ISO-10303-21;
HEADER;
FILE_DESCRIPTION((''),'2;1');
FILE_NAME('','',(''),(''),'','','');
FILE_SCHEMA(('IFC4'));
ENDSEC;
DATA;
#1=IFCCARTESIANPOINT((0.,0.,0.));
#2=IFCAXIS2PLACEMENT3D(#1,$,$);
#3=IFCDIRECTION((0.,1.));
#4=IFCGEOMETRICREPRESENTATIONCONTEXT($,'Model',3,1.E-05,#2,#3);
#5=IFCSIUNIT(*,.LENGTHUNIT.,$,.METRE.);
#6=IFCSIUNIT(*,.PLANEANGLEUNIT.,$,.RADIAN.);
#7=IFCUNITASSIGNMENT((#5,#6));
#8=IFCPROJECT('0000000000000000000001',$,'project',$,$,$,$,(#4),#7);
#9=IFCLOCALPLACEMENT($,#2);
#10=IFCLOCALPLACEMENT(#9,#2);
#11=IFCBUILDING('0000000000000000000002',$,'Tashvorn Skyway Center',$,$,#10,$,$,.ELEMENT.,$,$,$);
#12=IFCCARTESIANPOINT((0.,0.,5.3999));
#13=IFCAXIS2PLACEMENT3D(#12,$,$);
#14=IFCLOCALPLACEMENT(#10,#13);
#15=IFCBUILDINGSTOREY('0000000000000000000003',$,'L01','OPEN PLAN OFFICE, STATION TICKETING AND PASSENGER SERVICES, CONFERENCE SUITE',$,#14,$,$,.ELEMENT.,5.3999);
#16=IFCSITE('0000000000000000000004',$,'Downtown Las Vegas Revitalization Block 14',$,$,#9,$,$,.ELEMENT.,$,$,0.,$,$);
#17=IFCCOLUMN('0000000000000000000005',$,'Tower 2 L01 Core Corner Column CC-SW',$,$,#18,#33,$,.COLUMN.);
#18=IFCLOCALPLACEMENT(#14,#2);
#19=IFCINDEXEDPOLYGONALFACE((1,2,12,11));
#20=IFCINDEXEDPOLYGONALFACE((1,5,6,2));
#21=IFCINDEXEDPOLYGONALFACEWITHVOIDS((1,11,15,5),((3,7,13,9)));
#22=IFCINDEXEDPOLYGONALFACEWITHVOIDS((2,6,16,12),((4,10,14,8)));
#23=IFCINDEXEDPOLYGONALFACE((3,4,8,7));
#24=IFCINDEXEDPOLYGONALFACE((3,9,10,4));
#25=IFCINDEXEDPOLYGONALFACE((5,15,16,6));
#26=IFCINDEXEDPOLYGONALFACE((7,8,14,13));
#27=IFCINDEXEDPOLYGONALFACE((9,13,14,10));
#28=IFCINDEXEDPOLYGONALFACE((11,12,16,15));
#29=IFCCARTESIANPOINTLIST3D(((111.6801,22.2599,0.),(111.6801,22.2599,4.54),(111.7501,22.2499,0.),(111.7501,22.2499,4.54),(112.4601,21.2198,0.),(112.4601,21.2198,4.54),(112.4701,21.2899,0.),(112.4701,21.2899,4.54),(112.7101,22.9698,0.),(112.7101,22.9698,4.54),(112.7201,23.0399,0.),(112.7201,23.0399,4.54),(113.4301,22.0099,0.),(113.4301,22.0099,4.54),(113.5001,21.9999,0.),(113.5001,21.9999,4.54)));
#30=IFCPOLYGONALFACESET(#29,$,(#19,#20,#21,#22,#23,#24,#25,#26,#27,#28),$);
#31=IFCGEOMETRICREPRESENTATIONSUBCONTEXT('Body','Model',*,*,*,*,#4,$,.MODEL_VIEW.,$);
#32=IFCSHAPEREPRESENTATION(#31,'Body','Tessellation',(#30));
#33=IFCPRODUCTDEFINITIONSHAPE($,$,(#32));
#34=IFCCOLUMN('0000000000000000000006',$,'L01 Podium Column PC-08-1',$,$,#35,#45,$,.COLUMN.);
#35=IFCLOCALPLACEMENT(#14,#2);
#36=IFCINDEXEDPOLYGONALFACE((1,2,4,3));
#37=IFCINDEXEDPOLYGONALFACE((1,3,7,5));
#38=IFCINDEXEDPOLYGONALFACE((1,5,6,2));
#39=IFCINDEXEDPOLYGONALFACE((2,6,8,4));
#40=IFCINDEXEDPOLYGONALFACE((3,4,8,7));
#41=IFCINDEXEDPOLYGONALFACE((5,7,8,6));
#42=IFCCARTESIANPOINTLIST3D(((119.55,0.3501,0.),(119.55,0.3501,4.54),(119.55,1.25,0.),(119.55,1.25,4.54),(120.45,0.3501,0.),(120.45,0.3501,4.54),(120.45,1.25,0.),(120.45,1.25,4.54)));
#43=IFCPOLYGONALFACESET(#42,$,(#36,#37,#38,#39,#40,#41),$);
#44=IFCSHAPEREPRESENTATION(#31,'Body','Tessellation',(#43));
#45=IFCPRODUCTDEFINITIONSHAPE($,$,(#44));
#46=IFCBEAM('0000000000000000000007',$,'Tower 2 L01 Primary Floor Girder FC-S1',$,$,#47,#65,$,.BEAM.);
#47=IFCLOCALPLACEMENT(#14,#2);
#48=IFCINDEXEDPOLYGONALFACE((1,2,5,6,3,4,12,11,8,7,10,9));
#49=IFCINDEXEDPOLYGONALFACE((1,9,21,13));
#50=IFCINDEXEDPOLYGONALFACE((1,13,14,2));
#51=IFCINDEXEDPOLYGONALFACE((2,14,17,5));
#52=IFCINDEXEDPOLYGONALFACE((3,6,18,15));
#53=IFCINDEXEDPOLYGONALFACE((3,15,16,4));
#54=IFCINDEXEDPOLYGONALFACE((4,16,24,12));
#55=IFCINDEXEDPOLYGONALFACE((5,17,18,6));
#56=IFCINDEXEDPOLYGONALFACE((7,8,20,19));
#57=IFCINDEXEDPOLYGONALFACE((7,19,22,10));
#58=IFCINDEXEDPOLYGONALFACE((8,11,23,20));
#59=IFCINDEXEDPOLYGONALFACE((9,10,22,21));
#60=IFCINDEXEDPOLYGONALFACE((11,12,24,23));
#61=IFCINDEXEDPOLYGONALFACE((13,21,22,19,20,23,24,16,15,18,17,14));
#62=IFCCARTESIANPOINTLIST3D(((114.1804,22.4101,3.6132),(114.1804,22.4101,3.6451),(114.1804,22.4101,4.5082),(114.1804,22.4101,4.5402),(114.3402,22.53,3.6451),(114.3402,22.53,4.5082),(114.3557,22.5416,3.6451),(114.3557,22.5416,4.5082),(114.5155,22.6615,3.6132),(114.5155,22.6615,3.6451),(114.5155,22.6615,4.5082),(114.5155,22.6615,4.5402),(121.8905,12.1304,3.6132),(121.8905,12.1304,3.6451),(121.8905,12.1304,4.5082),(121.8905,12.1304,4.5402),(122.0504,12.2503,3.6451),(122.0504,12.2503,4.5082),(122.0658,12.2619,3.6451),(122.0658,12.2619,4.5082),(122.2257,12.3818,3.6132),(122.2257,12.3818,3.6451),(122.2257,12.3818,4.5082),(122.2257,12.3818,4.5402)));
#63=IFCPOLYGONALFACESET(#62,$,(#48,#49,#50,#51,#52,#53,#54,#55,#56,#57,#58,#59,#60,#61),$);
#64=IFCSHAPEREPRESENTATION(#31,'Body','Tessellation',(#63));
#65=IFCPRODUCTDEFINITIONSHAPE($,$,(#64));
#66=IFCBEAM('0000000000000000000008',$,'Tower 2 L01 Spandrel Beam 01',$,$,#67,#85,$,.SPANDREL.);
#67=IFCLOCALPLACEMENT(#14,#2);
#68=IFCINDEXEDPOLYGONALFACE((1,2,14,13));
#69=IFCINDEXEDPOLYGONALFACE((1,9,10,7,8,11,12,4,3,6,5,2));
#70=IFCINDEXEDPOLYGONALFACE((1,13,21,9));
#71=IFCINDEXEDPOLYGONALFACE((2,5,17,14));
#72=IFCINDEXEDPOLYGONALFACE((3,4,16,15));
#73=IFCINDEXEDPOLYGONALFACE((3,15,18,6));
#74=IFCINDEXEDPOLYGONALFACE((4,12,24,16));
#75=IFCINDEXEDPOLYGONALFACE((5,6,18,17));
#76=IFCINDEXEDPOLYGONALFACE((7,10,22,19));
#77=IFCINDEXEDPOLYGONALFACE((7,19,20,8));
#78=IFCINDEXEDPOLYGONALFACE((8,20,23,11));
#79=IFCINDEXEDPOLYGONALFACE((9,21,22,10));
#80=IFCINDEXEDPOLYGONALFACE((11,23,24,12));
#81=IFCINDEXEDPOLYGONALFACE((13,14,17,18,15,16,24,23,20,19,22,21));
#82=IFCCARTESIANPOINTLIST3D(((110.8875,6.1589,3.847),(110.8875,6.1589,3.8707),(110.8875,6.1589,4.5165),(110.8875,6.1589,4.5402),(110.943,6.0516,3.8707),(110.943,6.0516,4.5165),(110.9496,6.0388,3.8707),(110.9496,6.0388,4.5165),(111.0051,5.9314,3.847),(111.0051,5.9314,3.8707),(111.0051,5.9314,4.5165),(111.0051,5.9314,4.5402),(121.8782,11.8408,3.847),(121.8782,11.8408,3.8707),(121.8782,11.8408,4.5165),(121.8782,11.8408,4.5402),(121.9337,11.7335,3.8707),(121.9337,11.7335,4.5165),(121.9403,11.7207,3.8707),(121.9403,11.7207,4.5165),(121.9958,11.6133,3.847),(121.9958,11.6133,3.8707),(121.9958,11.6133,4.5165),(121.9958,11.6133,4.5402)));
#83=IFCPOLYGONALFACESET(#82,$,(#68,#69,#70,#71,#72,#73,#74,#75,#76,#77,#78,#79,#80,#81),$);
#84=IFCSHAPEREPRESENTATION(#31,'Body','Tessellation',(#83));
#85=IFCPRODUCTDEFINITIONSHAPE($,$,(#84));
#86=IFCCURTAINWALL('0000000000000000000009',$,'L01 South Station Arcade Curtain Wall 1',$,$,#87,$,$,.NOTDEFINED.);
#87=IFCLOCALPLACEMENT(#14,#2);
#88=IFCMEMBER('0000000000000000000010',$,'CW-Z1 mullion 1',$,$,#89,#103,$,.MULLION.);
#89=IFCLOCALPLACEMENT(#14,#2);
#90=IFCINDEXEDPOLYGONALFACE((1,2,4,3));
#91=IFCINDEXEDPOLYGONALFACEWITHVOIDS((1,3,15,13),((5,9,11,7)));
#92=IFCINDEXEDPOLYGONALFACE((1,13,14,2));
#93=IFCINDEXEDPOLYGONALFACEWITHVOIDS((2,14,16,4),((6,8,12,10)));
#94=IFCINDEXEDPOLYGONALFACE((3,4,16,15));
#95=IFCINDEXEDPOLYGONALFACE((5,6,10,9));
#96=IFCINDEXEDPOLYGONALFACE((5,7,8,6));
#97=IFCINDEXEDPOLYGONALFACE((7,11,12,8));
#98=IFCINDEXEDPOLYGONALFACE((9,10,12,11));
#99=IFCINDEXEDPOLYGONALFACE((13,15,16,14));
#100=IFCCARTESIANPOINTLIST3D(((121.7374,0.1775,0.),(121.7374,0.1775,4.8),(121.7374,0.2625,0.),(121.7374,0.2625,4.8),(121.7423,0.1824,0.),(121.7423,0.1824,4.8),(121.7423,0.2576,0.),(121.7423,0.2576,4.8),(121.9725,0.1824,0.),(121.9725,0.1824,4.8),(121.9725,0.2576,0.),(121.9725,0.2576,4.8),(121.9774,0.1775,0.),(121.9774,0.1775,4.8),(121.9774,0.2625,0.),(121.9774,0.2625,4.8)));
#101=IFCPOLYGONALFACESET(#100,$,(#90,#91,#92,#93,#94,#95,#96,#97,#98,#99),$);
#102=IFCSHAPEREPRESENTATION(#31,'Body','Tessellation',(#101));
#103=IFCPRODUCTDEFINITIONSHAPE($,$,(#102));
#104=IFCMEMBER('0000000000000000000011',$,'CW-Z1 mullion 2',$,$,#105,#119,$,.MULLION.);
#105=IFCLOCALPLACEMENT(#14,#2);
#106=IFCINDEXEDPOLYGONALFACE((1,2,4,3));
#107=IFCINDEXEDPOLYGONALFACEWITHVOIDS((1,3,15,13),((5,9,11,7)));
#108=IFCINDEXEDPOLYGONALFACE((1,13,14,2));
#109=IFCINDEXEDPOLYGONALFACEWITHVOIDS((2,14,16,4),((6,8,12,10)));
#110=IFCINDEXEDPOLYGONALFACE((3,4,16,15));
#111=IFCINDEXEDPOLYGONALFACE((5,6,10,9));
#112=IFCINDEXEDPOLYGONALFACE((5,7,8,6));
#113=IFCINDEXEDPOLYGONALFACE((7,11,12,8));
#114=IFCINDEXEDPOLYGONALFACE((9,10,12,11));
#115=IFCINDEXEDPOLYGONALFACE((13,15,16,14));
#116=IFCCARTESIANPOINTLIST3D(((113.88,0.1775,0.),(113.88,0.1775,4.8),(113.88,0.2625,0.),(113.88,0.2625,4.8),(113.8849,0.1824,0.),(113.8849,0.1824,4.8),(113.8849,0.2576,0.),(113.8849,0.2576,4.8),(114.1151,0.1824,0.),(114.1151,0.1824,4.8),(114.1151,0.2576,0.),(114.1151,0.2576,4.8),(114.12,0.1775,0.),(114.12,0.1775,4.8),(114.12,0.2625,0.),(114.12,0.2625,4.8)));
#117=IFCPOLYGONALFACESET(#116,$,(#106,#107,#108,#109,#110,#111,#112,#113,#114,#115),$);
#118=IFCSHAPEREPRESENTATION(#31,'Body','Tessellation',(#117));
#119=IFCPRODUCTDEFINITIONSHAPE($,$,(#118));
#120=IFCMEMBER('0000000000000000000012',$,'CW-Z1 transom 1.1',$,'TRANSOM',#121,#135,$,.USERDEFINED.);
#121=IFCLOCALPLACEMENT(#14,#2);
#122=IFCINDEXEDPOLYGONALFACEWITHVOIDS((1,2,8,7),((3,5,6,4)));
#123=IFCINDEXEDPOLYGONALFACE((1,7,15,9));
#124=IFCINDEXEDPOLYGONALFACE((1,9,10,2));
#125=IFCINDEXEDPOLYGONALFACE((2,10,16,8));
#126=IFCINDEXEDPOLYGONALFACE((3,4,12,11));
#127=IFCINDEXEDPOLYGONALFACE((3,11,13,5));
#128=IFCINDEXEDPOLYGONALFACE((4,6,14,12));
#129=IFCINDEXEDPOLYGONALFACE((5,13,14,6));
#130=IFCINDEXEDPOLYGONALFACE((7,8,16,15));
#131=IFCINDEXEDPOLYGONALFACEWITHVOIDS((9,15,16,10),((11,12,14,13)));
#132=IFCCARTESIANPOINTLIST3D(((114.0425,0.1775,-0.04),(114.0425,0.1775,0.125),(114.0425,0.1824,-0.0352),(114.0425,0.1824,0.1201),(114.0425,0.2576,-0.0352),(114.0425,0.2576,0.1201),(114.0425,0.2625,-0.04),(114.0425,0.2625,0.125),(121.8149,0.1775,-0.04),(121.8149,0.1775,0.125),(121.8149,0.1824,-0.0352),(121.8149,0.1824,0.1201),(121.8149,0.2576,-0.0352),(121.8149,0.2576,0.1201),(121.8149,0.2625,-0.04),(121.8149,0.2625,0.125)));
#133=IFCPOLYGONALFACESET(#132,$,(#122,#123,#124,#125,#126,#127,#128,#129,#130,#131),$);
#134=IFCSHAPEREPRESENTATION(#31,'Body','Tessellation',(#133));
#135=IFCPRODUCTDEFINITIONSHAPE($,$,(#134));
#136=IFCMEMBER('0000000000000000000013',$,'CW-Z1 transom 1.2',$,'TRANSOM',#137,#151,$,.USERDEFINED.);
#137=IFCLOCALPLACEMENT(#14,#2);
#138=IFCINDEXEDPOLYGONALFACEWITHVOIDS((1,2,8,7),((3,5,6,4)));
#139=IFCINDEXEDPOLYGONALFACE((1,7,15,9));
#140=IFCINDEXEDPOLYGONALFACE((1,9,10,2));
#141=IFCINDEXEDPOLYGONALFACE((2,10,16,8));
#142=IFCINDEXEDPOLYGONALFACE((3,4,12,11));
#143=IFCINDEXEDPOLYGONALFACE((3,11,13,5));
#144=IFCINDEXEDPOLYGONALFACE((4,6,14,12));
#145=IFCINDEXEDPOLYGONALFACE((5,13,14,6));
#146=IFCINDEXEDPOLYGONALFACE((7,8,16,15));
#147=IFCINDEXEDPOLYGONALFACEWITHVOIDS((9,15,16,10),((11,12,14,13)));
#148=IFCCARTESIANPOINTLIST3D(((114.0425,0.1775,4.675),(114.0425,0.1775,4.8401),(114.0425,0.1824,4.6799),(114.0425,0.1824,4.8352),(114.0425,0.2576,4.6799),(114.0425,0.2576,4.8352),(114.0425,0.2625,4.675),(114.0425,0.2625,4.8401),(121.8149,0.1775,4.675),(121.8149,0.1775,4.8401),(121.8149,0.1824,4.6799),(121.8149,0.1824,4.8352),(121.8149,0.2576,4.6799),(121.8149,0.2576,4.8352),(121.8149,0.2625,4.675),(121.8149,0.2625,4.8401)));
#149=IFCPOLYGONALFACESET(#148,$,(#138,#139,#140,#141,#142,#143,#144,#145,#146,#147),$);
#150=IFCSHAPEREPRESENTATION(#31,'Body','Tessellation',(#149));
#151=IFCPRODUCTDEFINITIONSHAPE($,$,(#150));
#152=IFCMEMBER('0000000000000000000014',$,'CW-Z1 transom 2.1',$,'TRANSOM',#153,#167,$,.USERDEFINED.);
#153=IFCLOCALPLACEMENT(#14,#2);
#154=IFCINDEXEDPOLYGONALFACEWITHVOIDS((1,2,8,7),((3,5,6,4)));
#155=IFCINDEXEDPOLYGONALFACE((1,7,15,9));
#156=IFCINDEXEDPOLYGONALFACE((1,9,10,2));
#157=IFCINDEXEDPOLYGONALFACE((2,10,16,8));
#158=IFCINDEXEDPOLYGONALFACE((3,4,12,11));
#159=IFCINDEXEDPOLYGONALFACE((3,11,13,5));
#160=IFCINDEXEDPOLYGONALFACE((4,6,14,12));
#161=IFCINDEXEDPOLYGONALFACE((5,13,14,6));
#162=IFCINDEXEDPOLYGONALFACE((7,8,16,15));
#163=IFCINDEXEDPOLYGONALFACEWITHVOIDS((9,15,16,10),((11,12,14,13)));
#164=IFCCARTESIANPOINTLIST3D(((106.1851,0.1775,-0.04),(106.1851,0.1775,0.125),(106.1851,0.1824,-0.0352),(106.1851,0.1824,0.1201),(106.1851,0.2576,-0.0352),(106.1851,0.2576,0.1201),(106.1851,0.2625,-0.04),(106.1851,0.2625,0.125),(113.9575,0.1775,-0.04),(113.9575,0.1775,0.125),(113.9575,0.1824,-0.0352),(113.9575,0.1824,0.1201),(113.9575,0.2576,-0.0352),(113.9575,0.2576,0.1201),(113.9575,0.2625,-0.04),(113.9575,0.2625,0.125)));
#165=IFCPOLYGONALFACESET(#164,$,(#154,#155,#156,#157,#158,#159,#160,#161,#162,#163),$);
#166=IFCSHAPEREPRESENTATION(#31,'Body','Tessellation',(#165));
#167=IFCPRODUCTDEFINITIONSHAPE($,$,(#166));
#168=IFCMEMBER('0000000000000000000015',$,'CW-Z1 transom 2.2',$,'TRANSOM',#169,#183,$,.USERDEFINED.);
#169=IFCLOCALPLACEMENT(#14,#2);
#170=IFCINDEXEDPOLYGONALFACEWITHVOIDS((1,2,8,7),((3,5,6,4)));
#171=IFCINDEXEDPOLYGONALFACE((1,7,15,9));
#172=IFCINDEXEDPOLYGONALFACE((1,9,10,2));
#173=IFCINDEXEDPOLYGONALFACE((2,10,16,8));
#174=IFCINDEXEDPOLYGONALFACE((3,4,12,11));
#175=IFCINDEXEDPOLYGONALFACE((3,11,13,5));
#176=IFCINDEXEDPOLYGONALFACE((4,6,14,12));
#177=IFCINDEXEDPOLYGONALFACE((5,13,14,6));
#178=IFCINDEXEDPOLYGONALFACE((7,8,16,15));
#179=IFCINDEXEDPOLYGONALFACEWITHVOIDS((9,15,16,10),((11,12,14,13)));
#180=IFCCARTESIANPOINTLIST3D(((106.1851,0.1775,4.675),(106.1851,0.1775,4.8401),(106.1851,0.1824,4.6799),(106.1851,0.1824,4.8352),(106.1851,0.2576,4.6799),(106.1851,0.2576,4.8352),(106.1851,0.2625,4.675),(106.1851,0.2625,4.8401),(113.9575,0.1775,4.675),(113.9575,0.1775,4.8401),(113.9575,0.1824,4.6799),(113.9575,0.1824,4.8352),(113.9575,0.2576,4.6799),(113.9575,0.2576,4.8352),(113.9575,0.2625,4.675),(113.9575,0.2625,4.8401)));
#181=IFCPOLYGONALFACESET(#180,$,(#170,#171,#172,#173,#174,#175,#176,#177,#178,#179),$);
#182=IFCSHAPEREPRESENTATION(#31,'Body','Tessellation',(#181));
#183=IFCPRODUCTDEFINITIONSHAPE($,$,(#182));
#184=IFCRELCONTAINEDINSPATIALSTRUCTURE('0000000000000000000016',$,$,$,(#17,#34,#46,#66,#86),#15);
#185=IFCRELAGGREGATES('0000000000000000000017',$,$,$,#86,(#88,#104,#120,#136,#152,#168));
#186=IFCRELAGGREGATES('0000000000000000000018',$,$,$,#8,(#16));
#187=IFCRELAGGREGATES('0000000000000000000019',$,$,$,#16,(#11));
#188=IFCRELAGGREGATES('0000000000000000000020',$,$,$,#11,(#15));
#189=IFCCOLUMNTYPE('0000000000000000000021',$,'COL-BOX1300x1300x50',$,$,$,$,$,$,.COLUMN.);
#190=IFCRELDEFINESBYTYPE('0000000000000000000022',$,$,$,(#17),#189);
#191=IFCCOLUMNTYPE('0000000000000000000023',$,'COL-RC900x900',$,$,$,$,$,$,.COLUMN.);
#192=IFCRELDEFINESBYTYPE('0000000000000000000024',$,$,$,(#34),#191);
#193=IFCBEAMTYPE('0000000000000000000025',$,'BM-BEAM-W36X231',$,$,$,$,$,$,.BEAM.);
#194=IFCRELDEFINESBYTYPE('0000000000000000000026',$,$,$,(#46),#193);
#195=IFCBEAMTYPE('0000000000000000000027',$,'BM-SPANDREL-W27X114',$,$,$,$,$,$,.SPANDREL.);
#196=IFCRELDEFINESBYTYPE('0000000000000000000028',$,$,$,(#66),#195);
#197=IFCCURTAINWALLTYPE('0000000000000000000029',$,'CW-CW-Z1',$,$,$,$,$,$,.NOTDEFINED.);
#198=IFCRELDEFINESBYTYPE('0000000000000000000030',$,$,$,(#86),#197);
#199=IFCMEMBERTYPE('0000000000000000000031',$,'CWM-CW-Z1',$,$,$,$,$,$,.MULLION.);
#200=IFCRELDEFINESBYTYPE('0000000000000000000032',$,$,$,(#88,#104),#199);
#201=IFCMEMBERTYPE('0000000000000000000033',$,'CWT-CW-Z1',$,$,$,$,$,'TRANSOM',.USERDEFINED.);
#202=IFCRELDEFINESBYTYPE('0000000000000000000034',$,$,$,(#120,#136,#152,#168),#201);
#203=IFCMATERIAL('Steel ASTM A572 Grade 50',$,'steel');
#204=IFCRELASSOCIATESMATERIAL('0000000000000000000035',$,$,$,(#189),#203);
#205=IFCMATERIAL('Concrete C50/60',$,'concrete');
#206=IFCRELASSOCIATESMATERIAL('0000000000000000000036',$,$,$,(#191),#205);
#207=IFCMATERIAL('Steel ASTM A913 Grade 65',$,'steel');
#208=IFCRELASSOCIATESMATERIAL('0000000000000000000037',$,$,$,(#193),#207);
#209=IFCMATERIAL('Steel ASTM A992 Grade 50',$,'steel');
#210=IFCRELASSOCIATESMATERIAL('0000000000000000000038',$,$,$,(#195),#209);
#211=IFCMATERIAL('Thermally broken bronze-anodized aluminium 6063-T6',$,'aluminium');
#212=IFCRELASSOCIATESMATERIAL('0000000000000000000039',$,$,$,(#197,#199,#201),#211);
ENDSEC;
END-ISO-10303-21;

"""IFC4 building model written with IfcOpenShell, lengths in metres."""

from ifc_helpers import new_model, si_unit, direction, frame, origin, origin_2d, place, context, subcontext, project, spatial, rectangle, hollow_rectangle, i_section, extrude, material, material_profile, profile_set, type_object, element, aggregate, save


model = new_model("IFC4")

# Units and contexts
model_context = context("Model", 3, precision=1e-05, world=origin(), true_north=direction((0.0, 1.0)))
body_context = subcontext(model_context, "Body", "Model", "MODEL_VIEW")
ifc_project = project(units=[si_unit("LENGTHUNIT", "METRE"), si_unit("PLANEANGLEUNIT", "RADIAN")], contexts=[model_context])

# Site, building, storey
site_placement = place(None, origin())
site = spatial("IfcSite", under=ifc_project, at=site_placement, Name="Downtown Las Vegas Revitalization Block 14", CompositionType="ELEMENT", RefElevation=0.0)
building_placement = place(site_placement, origin())
building = spatial("IfcBuilding", under=site, at=building_placement, Name="Tashvorn Skyway Center", CompositionType="ELEMENT")
storey_placement = place(building_placement, frame((0.0, 0.0, 5.3999)))
storey = spatial("IfcBuildingStorey", under=building, at=storey_placement, Name="L01", Description="OPEN PLAN OFFICE, STATION TICKETING AND PASSENGER SERVICES, CONFERENCE SUITE", CompositionType="ELEMENT", Elevation=5.3999)

# Columns
ifc_material_1 = material(Name="Steel ASTM A572 Grade 50", Category="steel")
ifc_material_profile_1 = material_profile(ifc_material_1, hollow_rectangle(XDim=1.3, YDim=1.3, WallThickness=0.05, at=origin_2d()), Name="BOX1300x1300x50")
ifc_profile_set_1 = profile_set([ifc_material_profile_1], Name="Steel ASTM A572 Grade 50")
column_type_1 = type_object("IfcColumnType", Name="COL-BOX1300x1300x50", PredefinedType="COLUMN", material=ifc_profile_set_1)
column_1_placement = place(storey_placement, frame((112.5901, 22.1299, 0.0), z_axis=(0.0, 0.0, 1.0), x_axis=(0.8, 0.6, 0.0)))
element("IfcColumn", 1, at=column_1_placement, inside=storey, type_object=column_type_1, Name="Tower 2 L01 Core Corner Column CC-SW", PredefinedType="COLUMN", context=body_context, shape_type="SweptSolid", body=[
    extrude(hollow_rectangle(XDim=1.3, YDim=1.3, WallThickness=0.05, at=origin_2d()), origin(), (0.0, 0.0, 1.0), 4.54),
])
ifc_material_2 = material(Name="Concrete C50/60", Category="concrete")
ifc_material_profile_2 = material_profile(ifc_material_2, rectangle(XDim=0.8999, YDim=0.8999, at=origin_2d()), Name="RC900x900")
ifc_profile_set_2 = profile_set([ifc_material_profile_2], Name="Concrete C50/60")
column_type_2 = type_object("IfcColumnType", Name="COL-RC900x900", PredefinedType="COLUMN", material=ifc_profile_set_2)
column_2_placement = place(storey_placement, frame((120.0, 0.8, 0.0), z_axis=(0.0, 0.0, 1.0), x_axis=(1.0, 0.0, 0.0)))
element("IfcColumn", 2, at=column_2_placement, inside=storey, type_object=column_type_2, Name="L01 Podium Column PC-08-1", PredefinedType="COLUMN", context=body_context, shape_type="SweptSolid", body=[
    extrude(rectangle(XDim=0.8999, YDim=0.8999, at=origin_2d()), origin(), (0.0, 0.0, 1.0), 4.54),
])

# Beams
ifc_material_3 = material(Name="Steel ASTM A913 Grade 65", Category="steel")
ifc_material_profile_3 = material_profile(ifc_material_3, i_section(OverallWidth=0.4189, OverallDepth=0.927, WebThickness=0.0193, FlangeThickness=0.032, at=origin_2d()), Name="W36X231")
ifc_profile_set_3 = profile_set([ifc_material_profile_3], Name="Steel ASTM A913 Grade 65")
beam_type_1 = type_object("IfcBeamType", Name="BM-BEAM-W36X231", PredefinedType="BEAM", material=ifc_profile_set_3)
beam_1_placement = place(storey_placement, frame((122.0581, 12.2561, 4.0767), z_axis=(-0.600018, 0.799986, 0.0), x_axis=(-0.799986, -0.600018, 0.0)))
element("IfcBeam", 3, at=beam_1_placement, inside=storey, type_object=beam_type_1, Name="Tower 2 L01 Primary Floor Girder FC-S1", PredefinedType="BEAM", context=body_context, shape_type="SweptSolid", body=[
    extrude(i_section(OverallWidth=0.4189, OverallDepth=0.927, WebThickness=0.0193, FlangeThickness=0.032, at=origin_2d()), origin(), (0.0, 0.0, 1.0), 12.8499),
])
ifc_material_4 = material(Name="Steel ASTM A992 Grade 50", Category="steel")
ifc_material_profile_4 = material_profile(ifc_material_4, i_section(OverallWidth=0.2561, OverallDepth=0.6931, WebThickness=0.0144, FlangeThickness=0.0237, at=origin_2d()), Name="W27X114")
ifc_profile_set_4 = profile_set([ifc_material_profile_4], Name="Steel ASTM A992 Grade 50")
beam_type_2 = type_object("IfcBeamType", Name="BM-SPANDREL-W27X114", PredefinedType="SPANDREL", material=ifc_profile_set_4)
beam_2_placement = place(storey_placement, frame((110.9463, 6.0452, 4.1936), z_axis=(0.888316, 0.459233, 0.0), x_axis=(-0.459233, 0.888316, 0.0)))
element("IfcBeam", 4, at=beam_2_placement, inside=storey, type_object=beam_type_2, Name="Tower 2 L01 Spandrel Beam 01", PredefinedType="SPANDREL", context=body_context, shape_type="SweptSolid", body=[
    extrude(i_section(OverallWidth=0.2561, OverallDepth=0.6931, WebThickness=0.0144, FlangeThickness=0.0237, at=origin_2d()), origin(), (0.0, 0.0, 1.0), 12.3726),
])

# Curtain wall, members
ifc_material_5 = material(Name="Thermally broken bronze-anodized aluminium 6063-T6", Category="aluminium")
curtain_wall_type = type_object("IfcCurtainWallType", Name="CW-CW-Z1", PredefinedType="NOTDEFINED", material=ifc_material_5)
curtain_wall_placement = place(storey_placement, origin())
curtain_wall = element("IfcCurtainWall", 5, at=curtain_wall_placement, inside=storey, type_object=curtain_wall_type, Name="L01 South Station Arcade Curtain Wall 1", PredefinedType="NOTDEFINED")
ifc_material_profile_5 = material_profile(ifc_material_5, hollow_rectangle(XDim=0.085, YDim=0.24, WallThickness=0.0049, at=origin_2d()), Name="ALU-MULL-85x240")
ifc_profile_set_5 = profile_set([ifc_material_profile_5], Name="Thermally broken bronze-anodized aluminium 6063-T6")
member_type_1 = type_object("IfcMemberType", Name="CWM-CW-Z1", PredefinedType="MULLION", material=ifc_profile_set_5)
member_1_placement = place(storey_placement, frame((121.8574, 0.22, 0.0), z_axis=(0.0, 0.0, 1.0), x_axis=(0.0, -1.0, 0.0)))
member_1 = element("IfcMember", 6, at=member_1_placement, type_object=member_type_1, Name="CW-Z1 mullion 1", PredefinedType="MULLION", context=body_context, shape_type="SweptSolid", body=[
    extrude(hollow_rectangle(XDim=0.085, YDim=0.24, WallThickness=0.0049, at=origin_2d()), origin(), (0.0, 0.0, 1.0), 4.8),
])
member_2_placement = place(storey_placement, frame((114.0, 0.22, 0.0), z_axis=(0.0, 0.0, 1.0), x_axis=(0.0, -1.0, 0.0)))
member_2 = element("IfcMember", 7, at=member_2_placement, type_object=member_type_1, Name="CW-Z1 mullion 2", PredefinedType="MULLION", context=body_context, shape_type="SweptSolid", body=[
    extrude(hollow_rectangle(XDim=0.085, YDim=0.24, WallThickness=0.0049, at=origin_2d()), origin(), (0.0, 0.0, 1.0), 4.8),
])
ifc_material_profile_6 = material_profile(ifc_material_5, hollow_rectangle(XDim=0.085, YDim=0.165, WallThickness=0.0049, at=origin_2d()), Name="ALU-TRAN-85x165")
ifc_profile_set_6 = profile_set([ifc_material_profile_6], Name="Thermally broken bronze-anodized aluminium 6063-T6")
member_type_2 = type_object("IfcMemberType", Name="CWT-CW-Z1", ElementType="TRANSOM", PredefinedType="USERDEFINED", material=ifc_profile_set_6)
member_3_placement = place(storey_placement, frame((121.8149, 0.22, 0.0425), z_axis=(-1.0, 0.0, 0.0), x_axis=(0.0, -1.0, 0.0)))
member_3 = element("IfcMember", 8, at=member_3_placement, type_object=member_type_2, Name="CW-Z1 transom 1.1", ObjectType="TRANSOM", PredefinedType="USERDEFINED", context=body_context, shape_type="SweptSolid", body=[
    extrude(hollow_rectangle(XDim=0.085, YDim=0.165, WallThickness=0.0049, at=origin_2d()), origin(), (0.0, 0.0, 1.0), 7.7725),
])
member_4_placement = place(storey_placement, frame((121.8149, 0.22, 4.7576), z_axis=(-1.0, 0.0, 0.0), x_axis=(0.0, -1.0, 0.0)))
member_4 = element("IfcMember", 9, at=member_4_placement, type_object=member_type_2, Name="CW-Z1 transom 1.2", ObjectType="TRANSOM", PredefinedType="USERDEFINED", context=body_context, shape_type="SweptSolid", body=[
    extrude(hollow_rectangle(XDim=0.085, YDim=0.165, WallThickness=0.0049, at=origin_2d()), origin(), (0.0, 0.0, 1.0), 7.7725),
])
member_5_placement = place(storey_placement, frame((113.9575, 0.22, 0.0425), z_axis=(-1.0, 0.0, 0.0), x_axis=(0.0, -1.0, 0.0)))
member_5 = element("IfcMember", 10, at=member_5_placement, type_object=member_type_2, Name="CW-Z1 transom 2.1", ObjectType="TRANSOM", PredefinedType="USERDEFINED", context=body_context, shape_type="SweptSolid", body=[
    extrude(hollow_rectangle(XDim=0.085, YDim=0.165, WallThickness=0.0049, at=origin_2d()), origin(), (0.0, 0.0, 1.0), 7.7725),
])
member_6_placement = place(storey_placement, frame((113.9575, 0.22, 4.7576), z_axis=(-1.0, 0.0, 0.0), x_axis=(0.0, -1.0, 0.0)))
member_6 = element("IfcMember", 11, at=member_6_placement, type_object=member_type_2, Name="CW-Z1 transom 2.2", ObjectType="TRANSOM", PredefinedType="USERDEFINED", context=body_context, shape_type="SweptSolid", body=[
    extrude(hollow_rectangle(XDim=0.085, YDim=0.165, WallThickness=0.0049, at=origin_2d()), origin(), (0.0, 0.0, 1.0), 7.7725),
])
aggregate(curtain_wall, [member_1, member_2, member_3, member_4, member_5, member_6])

save(model, "model.ifc")
